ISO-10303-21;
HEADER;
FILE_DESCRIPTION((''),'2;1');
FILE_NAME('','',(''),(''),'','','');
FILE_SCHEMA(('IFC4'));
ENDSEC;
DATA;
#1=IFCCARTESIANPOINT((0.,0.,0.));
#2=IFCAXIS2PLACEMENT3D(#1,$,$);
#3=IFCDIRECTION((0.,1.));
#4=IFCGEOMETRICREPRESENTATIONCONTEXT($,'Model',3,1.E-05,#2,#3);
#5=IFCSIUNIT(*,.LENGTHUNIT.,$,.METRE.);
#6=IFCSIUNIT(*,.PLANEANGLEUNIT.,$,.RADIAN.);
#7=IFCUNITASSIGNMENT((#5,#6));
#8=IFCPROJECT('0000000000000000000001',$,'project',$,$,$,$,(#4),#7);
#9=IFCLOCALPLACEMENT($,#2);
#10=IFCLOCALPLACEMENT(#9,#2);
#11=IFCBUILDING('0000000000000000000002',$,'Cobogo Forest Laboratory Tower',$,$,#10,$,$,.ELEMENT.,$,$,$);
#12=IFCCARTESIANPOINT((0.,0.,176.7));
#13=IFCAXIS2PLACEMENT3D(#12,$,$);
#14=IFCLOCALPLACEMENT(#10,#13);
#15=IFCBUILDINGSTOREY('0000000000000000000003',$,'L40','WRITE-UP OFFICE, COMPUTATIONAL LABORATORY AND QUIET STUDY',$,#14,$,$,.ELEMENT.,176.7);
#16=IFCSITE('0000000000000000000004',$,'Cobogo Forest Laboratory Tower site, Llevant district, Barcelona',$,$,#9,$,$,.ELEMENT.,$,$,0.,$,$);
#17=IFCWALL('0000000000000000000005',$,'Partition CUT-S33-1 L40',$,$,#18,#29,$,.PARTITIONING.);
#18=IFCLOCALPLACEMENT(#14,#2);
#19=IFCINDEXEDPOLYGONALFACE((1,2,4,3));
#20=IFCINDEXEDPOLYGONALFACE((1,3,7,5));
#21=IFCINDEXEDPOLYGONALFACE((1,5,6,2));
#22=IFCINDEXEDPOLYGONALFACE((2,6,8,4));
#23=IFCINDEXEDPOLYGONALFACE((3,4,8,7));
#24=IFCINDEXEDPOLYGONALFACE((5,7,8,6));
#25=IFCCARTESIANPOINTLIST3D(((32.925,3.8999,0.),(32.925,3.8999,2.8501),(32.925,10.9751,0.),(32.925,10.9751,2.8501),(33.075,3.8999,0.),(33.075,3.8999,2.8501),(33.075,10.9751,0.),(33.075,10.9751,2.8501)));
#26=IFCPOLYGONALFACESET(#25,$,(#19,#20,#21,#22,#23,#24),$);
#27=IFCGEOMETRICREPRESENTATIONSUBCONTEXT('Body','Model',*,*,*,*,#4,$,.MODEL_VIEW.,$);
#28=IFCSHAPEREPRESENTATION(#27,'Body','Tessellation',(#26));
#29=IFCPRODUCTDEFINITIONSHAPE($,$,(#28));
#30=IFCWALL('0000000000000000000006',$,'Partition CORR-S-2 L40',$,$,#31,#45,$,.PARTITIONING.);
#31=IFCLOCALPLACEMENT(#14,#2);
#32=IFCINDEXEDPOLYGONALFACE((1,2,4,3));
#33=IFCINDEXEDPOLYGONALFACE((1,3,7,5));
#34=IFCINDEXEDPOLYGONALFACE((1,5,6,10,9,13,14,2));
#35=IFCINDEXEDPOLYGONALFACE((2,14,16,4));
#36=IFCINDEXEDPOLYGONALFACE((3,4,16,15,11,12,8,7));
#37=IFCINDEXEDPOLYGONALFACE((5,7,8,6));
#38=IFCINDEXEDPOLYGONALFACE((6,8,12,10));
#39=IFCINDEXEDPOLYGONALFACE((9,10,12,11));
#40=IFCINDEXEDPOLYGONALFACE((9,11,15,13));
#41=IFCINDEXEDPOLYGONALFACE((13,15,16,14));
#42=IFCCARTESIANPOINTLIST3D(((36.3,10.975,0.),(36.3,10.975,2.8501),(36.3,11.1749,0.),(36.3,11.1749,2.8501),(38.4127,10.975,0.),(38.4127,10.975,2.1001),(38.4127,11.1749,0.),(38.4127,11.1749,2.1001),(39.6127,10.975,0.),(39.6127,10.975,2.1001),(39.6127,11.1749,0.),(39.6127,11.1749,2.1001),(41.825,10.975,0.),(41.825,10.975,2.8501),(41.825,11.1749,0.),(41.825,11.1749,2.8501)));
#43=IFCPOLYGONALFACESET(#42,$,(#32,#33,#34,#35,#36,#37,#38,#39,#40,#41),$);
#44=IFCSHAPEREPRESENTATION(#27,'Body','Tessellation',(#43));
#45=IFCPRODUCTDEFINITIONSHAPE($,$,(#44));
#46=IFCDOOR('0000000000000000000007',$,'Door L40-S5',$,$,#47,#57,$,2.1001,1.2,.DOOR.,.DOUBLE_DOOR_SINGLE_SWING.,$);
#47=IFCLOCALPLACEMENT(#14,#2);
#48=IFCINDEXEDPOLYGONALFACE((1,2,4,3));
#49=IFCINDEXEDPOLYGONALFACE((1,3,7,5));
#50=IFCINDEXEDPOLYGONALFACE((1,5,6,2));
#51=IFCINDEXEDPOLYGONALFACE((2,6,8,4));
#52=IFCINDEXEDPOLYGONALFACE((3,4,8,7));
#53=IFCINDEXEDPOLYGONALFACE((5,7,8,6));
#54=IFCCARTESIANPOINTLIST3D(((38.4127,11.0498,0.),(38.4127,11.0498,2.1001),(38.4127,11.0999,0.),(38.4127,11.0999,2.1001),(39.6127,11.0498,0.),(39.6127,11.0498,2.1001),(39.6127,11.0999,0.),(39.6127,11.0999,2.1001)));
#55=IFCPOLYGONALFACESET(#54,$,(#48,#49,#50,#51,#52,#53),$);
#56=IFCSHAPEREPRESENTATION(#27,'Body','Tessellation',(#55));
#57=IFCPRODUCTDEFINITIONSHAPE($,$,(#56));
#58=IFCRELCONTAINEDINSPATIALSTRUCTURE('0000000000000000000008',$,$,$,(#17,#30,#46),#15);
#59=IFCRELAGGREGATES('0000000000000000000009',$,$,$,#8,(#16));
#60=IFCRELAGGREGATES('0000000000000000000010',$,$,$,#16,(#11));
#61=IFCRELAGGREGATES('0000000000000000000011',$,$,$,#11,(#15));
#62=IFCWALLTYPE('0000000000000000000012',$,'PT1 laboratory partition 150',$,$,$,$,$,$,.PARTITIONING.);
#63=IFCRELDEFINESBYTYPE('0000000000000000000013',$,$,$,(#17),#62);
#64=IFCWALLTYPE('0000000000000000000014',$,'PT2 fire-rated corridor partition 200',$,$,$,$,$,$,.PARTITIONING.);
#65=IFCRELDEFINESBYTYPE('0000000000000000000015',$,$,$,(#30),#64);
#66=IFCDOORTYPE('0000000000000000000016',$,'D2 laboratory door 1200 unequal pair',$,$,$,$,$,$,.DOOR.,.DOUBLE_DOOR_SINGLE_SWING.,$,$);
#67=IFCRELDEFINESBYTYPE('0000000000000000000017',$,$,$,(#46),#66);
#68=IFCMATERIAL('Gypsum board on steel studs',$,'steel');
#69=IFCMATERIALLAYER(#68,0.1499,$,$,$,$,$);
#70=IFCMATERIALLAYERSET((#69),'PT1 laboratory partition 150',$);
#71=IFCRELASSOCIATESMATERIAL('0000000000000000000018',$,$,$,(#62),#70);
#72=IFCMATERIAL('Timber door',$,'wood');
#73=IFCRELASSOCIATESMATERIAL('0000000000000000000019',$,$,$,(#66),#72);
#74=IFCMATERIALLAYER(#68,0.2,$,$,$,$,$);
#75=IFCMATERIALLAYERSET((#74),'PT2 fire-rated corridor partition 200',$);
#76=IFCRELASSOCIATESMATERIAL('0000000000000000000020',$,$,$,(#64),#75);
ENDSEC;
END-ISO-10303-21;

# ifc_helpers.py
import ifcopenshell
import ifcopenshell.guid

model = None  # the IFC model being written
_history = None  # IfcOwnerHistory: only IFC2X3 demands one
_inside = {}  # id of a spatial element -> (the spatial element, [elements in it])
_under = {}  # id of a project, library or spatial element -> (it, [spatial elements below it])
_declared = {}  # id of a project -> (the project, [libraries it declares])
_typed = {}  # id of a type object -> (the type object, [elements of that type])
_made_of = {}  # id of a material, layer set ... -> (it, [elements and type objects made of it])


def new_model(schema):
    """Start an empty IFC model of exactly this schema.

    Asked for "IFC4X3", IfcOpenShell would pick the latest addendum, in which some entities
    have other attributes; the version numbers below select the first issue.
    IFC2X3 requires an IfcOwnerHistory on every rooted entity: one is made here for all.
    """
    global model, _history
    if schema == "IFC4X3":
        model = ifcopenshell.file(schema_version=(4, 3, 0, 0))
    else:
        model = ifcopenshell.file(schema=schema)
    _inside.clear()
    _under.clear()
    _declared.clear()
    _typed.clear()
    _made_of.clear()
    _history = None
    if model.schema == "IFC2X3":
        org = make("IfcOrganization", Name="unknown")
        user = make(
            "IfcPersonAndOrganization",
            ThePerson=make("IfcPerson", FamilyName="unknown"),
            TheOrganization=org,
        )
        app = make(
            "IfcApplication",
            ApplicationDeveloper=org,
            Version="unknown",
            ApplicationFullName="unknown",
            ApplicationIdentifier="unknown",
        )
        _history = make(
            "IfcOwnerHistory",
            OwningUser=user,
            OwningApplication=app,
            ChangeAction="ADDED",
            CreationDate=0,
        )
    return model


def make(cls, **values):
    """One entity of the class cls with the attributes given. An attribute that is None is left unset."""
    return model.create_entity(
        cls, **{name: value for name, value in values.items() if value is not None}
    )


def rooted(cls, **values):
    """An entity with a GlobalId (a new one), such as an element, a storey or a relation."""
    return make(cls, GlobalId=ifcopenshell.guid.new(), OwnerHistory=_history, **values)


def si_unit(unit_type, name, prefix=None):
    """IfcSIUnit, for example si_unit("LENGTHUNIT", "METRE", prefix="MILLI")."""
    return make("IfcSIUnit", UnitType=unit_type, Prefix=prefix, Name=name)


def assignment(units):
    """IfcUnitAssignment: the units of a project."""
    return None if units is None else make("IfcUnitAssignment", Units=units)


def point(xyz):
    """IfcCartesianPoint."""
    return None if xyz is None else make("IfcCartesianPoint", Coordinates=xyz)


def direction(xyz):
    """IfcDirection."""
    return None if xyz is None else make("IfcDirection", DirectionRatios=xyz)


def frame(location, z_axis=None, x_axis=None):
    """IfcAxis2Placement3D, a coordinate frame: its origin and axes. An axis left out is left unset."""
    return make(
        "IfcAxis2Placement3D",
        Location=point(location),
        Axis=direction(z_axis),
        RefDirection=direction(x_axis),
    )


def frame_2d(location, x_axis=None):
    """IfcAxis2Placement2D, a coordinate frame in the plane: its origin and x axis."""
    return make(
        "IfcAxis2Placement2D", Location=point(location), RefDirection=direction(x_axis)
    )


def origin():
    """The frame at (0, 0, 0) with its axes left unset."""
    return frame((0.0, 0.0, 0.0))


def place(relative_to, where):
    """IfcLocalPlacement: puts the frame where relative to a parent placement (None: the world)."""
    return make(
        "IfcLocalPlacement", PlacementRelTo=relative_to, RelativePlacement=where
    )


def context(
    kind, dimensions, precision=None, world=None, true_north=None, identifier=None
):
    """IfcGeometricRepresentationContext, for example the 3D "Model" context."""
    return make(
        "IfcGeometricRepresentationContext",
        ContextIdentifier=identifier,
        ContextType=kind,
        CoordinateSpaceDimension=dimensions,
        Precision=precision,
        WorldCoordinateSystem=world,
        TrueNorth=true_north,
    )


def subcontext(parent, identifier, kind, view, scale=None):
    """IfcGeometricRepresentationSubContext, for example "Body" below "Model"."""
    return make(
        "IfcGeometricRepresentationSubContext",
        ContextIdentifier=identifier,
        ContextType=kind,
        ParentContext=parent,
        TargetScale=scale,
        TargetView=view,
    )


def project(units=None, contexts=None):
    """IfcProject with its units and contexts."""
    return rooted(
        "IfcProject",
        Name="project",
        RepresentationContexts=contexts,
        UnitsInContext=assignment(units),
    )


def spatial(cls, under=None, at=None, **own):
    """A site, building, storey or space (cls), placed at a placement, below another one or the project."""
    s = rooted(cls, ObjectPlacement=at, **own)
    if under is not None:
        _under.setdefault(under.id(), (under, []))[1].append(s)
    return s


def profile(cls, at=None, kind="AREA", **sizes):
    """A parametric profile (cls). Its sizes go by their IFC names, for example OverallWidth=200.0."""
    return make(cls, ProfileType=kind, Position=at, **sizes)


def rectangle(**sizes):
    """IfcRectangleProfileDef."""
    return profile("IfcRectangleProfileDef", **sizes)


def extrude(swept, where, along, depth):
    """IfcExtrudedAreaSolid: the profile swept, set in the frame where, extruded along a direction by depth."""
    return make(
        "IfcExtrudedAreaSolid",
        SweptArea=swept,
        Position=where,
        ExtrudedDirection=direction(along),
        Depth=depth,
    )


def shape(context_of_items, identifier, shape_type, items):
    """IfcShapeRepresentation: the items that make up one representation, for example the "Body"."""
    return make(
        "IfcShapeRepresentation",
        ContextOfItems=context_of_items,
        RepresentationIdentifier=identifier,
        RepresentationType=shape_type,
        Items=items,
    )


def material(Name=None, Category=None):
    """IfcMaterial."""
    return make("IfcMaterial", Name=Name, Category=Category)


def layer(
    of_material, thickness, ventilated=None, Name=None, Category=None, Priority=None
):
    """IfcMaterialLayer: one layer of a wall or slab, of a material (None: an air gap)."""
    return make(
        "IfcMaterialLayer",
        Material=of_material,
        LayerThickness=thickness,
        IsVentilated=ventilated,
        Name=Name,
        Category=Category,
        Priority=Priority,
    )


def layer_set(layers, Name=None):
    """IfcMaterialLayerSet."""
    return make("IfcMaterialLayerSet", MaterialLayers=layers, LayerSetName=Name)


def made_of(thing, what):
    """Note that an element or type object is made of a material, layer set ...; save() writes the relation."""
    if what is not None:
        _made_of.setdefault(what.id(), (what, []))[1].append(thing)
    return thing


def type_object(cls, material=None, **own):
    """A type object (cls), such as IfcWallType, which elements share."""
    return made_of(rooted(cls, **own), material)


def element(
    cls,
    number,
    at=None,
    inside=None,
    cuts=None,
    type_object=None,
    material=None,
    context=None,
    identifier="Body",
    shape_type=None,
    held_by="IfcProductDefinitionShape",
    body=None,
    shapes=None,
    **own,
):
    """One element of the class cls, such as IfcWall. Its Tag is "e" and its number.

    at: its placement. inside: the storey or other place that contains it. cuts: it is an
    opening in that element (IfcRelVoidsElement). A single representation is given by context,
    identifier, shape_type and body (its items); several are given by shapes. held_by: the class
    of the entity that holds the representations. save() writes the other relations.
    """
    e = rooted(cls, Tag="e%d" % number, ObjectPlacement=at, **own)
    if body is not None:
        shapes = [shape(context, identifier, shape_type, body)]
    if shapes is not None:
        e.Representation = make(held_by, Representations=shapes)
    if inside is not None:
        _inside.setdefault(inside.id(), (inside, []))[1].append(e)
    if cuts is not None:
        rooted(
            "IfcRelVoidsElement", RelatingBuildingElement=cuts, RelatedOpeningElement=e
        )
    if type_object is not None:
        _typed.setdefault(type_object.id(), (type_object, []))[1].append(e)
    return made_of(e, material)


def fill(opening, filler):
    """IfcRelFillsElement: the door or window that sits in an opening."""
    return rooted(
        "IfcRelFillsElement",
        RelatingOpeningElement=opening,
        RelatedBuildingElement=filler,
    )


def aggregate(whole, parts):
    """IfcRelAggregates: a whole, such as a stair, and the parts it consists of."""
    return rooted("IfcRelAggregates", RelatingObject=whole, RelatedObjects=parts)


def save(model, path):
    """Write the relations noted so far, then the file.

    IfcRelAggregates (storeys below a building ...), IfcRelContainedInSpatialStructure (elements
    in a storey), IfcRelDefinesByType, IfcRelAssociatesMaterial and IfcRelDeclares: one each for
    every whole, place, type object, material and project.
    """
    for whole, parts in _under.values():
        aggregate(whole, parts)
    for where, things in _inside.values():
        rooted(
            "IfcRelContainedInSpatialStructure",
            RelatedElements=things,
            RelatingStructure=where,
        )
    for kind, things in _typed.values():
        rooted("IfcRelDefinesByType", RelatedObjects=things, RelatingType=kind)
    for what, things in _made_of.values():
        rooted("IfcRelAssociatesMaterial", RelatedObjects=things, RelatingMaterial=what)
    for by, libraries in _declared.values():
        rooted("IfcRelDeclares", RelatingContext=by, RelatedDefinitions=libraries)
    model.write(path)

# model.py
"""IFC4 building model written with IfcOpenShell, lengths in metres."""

from ifc_helpers import new_model, si_unit, direction, frame, frame_2d, origin, place, context, subcontext, project, spatial, rectangle, extrude, material, layer, layer_set, type_object, element, fill, save


model = new_model("IFC4")

# Units and contexts
model_context = context("Model", 3, precision=1e-05, world=origin(), true_north=direction((0.0, 1.0)))
body_context = subcontext(model_context, "Body", "Model", "MODEL_VIEW")
ifc_project = project(units=[si_unit("LENGTHUNIT", "METRE"), si_unit("PLANEANGLEUNIT", "RADIAN")], contexts=[model_context])

# Site, building, storey
site_placement = place(None, origin())
site = spatial("IfcSite", under=ifc_project, at=site_placement, Name="Cobogo Forest Laboratory Tower site, Llevant district, Barcelona", CompositionType="ELEMENT", RefElevation=0.0)
building_placement = place(site_placement, origin())
building = spatial("IfcBuilding", under=site, at=building_placement, Name="Cobogo Forest Laboratory Tower", CompositionType="ELEMENT")
storey_placement = place(building_placement, frame((0.0, 0.0, 176.7)))
storey = spatial("IfcBuildingStorey", under=building, at=storey_placement, Name="L40", Description="WRITE-UP OFFICE, COMPUTATIONAL LABORATORY AND QUIET STUDY", CompositionType="ELEMENT", Elevation=176.7)

# Shared definitions
ifc_material_1 = material(Name="Gypsum board on steel studs", Category="steel")
ifc_layer_1 = layer(ifc_material_1, 0.1499)
ifc_layer_set_1 = layer_set([ifc_layer_1], Name="PT1 laboratory partition 150")
wall_type_1 = type_object("IfcWallType", Name="PT1 laboratory partition 150", PredefinedType="PARTITIONING", material=ifc_layer_set_1)
ifc_material_2 = material(Name="Timber door", Category="wood")
door_type_1 = type_object("IfcDoorType", Name="D2 laboratory door 1200 unequal pair", OperationType="DOUBLE_DOOR_SINGLE_SWING", PredefinedType="DOOR", material=ifc_material_2)

# Wall
wall_1_placement = place(storey_placement, frame((33.0, 3.8999, 0.0), z_axis=(0.0, 0.0, 1.0), x_axis=(0.0, 1.0, 0.0)))
element("IfcWall", 1, at=wall_1_placement, inside=storey, type_object=wall_type_1, Name="Partition CUT-S33-1 L40", PredefinedType="PARTITIONING", context=body_context, shape_type="SweptSolid", body=[
    extrude(rectangle(XDim=7.0752, YDim=0.1499, at=frame_2d((3.5376, 0.0))), origin(), (0.0, 0.0, 1.0), 2.8501),
])

# Wall, opening, door
ifc_layer_2 = layer(ifc_material_1, 0.2)
ifc_layer_set_2 = layer_set([ifc_layer_2], Name="PT2 fire-rated corridor partition 200")
wall_type_2 = type_object("IfcWallType", Name="PT2 fire-rated corridor partition 200", PredefinedType="PARTITIONING", material=ifc_layer_set_2)
wall_2_placement = place(storey_placement, frame((36.3, 11.075, 0.0), z_axis=(0.0, 0.0, 1.0), x_axis=(1.0, 0.0, 0.0)))
wall_2 = element("IfcWall", 2, at=wall_2_placement, inside=storey, type_object=wall_type_2, Name="Partition CORR-S-2 L40", PredefinedType="PARTITIONING", context=body_context, shape_type="SweptSolid", body=[
    extrude(rectangle(XDim=5.5249, YDim=0.2, at=frame_2d((2.7625, 0.0))), origin(), (0.0, 0.0, 1.0), 2.8501),
])
opening_1_placement = place(wall_2_placement, frame((2.1125, 0.0, 0.0)))
opening_1 = element("IfcOpeningElement", 3, at=opening_1_placement, cuts=wall_2, PredefinedType="OPENING", context=body_context, shape_type="SweptSolid", body=[
    extrude(rectangle(XDim=1.2, YDim=2.1001, at=frame_2d((0.6001, 1.05))), frame((0.0, 0.1099, 0.0), z_axis=(0.0, -1.0, 0.0), x_axis=(1.0, 0.0, 0.0)), (0.0, 0.0, 1.0), 0.22),
])
door_1_placement = place(opening_1_placement, origin())
door_1 = element("IfcDoor", 4, at=door_1_placement, inside=storey, type_object=door_type_1, Name="Door L40-S5", OperationType="DOUBLE_DOOR_SINGLE_SWING", OverallHeight=2.1001, OverallWidth=1.2, PredefinedType="DOOR", context=body_context, shape_type="SweptSolid", body=[
    extrude(rectangle(XDim=1.2, YDim=2.1001, at=frame_2d((0.6001, 1.05))), frame((0.0, 0.0249, 0.0), z_axis=(0.0, -1.0, 0.0), x_axis=(1.0, 0.0, 0.0)), (0.0, 0.0, 1.0), 0.05),
])
fill(opening_1, door_1)

save(model, "model.ifc")
